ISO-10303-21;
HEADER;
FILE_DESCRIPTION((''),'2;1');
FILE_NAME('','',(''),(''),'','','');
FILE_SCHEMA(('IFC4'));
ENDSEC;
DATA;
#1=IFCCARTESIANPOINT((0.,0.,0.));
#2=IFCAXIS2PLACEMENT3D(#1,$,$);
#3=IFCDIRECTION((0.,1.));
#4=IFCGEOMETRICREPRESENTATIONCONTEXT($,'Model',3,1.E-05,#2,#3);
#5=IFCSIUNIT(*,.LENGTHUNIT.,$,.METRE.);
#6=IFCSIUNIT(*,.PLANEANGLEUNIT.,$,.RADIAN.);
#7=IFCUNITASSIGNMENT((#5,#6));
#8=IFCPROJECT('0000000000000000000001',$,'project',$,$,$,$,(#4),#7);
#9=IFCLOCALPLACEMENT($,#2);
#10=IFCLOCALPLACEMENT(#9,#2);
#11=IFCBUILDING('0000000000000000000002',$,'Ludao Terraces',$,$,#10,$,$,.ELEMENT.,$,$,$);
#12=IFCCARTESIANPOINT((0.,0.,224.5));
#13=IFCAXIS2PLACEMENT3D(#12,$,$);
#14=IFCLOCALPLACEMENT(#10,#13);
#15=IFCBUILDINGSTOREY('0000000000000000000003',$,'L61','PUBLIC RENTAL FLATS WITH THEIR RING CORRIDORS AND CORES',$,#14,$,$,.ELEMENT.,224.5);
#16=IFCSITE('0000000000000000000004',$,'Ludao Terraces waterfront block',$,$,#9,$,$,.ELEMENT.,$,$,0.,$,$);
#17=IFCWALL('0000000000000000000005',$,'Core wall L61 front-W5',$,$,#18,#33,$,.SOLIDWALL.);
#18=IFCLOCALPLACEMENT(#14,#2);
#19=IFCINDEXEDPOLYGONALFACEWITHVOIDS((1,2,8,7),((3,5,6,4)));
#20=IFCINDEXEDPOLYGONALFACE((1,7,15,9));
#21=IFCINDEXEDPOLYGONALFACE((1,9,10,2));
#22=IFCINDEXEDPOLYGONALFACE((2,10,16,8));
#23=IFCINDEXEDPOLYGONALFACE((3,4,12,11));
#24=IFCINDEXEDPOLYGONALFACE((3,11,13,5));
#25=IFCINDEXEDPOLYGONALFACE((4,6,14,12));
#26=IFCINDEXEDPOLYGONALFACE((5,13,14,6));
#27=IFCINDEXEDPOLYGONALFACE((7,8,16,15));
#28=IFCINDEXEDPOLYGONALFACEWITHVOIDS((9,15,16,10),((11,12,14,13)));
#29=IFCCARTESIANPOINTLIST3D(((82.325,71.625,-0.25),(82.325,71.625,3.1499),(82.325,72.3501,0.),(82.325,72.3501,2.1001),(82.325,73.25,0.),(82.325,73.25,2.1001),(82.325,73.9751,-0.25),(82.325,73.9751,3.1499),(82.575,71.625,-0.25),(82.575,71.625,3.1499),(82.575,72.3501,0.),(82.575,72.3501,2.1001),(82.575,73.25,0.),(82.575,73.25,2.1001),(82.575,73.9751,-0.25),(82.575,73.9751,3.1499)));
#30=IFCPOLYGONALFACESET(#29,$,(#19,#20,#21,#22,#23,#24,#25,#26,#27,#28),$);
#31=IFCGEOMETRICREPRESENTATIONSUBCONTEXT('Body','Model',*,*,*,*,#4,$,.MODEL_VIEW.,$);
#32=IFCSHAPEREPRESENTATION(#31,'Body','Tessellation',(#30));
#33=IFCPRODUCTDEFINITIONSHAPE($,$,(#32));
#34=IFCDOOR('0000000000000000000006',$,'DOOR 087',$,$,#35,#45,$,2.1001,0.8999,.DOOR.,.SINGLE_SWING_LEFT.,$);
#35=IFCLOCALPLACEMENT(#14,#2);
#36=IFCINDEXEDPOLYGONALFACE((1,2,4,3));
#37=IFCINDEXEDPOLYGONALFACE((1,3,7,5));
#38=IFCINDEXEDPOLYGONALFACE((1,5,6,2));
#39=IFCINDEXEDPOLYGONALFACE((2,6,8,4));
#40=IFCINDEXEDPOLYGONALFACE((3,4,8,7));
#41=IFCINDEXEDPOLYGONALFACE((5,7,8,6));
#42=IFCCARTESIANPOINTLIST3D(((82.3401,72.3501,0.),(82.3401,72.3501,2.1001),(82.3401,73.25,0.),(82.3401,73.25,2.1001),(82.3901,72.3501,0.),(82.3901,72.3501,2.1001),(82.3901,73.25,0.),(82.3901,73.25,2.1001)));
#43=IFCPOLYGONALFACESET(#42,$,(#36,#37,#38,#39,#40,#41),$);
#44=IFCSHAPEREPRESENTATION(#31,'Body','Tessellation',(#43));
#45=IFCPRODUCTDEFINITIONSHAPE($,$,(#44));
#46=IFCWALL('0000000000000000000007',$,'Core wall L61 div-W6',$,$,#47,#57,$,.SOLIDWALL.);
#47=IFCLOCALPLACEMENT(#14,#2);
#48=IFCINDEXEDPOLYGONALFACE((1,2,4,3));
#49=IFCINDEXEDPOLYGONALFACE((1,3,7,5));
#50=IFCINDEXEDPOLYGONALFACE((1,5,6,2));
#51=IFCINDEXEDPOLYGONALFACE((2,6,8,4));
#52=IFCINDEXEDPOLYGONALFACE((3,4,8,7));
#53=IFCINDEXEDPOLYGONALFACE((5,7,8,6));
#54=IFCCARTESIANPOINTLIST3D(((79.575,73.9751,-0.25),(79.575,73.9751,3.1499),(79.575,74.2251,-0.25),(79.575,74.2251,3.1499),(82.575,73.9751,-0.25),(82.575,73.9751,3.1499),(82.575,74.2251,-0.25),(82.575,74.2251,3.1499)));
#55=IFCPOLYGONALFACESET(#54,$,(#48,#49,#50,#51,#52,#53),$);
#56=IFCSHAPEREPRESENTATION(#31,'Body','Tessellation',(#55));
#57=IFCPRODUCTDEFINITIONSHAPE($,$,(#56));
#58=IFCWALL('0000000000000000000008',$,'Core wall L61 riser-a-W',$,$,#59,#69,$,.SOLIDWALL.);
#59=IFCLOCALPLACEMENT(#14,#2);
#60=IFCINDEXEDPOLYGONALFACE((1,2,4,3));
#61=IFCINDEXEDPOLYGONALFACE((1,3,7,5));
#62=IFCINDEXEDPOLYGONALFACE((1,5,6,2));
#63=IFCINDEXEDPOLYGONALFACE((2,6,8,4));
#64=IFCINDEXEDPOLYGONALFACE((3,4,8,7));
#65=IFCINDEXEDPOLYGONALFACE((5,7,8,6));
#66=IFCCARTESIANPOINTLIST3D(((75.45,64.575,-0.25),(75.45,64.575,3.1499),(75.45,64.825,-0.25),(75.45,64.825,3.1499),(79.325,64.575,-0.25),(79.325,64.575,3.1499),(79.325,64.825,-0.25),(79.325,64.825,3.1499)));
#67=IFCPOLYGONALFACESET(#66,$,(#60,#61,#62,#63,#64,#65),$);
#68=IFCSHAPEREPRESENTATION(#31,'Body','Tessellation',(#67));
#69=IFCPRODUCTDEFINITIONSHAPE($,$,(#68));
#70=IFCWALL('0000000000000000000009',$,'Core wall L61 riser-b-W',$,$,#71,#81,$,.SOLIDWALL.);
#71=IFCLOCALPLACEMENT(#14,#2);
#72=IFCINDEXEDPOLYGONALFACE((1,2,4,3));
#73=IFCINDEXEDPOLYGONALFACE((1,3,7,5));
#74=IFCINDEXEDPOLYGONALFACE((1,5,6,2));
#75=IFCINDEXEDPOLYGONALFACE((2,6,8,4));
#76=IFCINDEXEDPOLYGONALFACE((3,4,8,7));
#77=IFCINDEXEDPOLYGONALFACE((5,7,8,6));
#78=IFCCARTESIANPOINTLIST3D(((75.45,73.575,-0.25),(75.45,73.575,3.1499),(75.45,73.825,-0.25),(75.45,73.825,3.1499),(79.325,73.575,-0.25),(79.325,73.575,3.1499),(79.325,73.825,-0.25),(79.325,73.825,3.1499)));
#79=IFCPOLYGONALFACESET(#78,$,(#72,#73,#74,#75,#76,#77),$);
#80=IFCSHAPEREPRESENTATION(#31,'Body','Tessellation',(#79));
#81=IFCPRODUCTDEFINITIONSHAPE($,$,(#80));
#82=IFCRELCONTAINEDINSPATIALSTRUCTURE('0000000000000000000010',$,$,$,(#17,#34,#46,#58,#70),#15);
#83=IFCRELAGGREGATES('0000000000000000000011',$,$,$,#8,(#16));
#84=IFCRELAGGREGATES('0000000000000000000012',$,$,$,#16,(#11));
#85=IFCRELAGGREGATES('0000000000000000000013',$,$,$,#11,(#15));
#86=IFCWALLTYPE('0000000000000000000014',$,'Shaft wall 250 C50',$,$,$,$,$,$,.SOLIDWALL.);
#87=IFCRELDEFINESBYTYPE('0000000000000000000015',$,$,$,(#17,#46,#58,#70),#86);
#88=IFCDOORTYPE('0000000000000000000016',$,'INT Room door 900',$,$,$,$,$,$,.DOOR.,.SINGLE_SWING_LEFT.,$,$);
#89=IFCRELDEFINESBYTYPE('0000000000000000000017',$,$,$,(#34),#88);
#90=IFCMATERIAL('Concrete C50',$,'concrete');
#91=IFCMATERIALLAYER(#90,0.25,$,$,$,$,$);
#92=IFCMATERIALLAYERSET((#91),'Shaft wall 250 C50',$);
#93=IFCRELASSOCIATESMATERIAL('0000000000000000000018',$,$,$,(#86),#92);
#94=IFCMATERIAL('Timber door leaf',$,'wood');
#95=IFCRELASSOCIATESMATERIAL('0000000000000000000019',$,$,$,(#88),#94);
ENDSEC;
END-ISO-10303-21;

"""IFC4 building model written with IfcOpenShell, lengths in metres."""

from ifc_helpers import new_model, si_unit, direction, frame, frame_2d, origin, place, context, subcontext, project, spatial, rectangle, extrude, material, layer, layer_set, type_object, element, fill, save


model = new_model("IFC4")

# Units and contexts
model_context = context("Model", 3, precision=1e-05, world=origin(), true_north=direction((0.0, 1.0)))
body_context = subcontext(model_context, "Body", "Model", "MODEL_VIEW")
ifc_project = project(units=[si_unit("LENGTHUNIT", "METRE"), si_unit("PLANEANGLEUNIT", "RADIAN")], contexts=[model_context])

# Site, building, storey
site_placement = place(None, origin())
site = spatial("IfcSite", under=ifc_project, at=site_placement, Name="Ludao Terraces waterfront block", CompositionType="ELEMENT", RefElevation=0.0)
building_placement = place(site_placement, origin())
building = spatial("IfcBuilding", under=site, at=building_placement, Name="Ludao Terraces", CompositionType="ELEMENT")
storey_placement = place(building_placement, frame((0.0, 0.0, 224.5)))
storey = spatial("IfcBuildingStorey", under=building, at=storey_placement, Name="L61", Description="PUBLIC RENTAL FLATS WITH THEIR RING CORRIDORS AND CORES", CompositionType="ELEMENT", Elevation=224.5)

# Shared definitions
ifc_material_1 = material(Name="Concrete C50", Category="concrete")

# Shared definitions
ifc_material_2 = material(Name="Timber door leaf", Category="wood")

# Shared definitions
ifc_layer_1 = layer(ifc_material_1, 0.25)
ifc_layer_set_1 = layer_set([ifc_layer_1], Name="Shaft wall 250 C50")
wall_type_1 = type_object("IfcWallType", Name="Shaft wall 250 C50", PredefinedType="SOLIDWALL", material=ifc_layer_set_1)
door_type_1 = type_object("IfcDoorType", Name="INT Room door 900", OperationType="SINGLE_SWING_LEFT", PredefinedType="DOOR", material=ifc_material_2)

# Wall, opening, door
wall_1_placement = place(storey_placement, frame((82.45, 71.625, -0.25), z_axis=(0.0, 0.0, 1.0), x_axis=(0.0, 1.0, 0.0)))
wall_1 = element("IfcWall", 1, at=wall_1_placement, inside=storey, type_object=wall_type_1, Name="Core wall L61 front-W5", PredefinedType="SOLIDWALL", context=body_context, shape_type="SweptSolid", body=[
    extrude(rectangle(XDim=2.3501, YDim=0.25, at=frame_2d((1.175, 0.0))), origin(), (0.0, 0.0, 1.0), 3.3999),
])
opening_1_placement = place(wall_1_placement, frame((0.7251, 0.0, 0.25)))
opening_1 = element("IfcOpeningElement", 2, at=opening_1_placement, cuts=wall_1, PredefinedType="OPENING", context=body_context, shape_type="SweptSolid", body=[
    extrude(rectangle(XDim=0.8999, YDim=2.1001, at=frame_2d((0.45, 1.05))), frame((0.0, 0.135, 0.0), z_axis=(0.0, -1.0, 0.0), x_axis=(1.0, 0.0, 0.0)), (0.0, 0.0, 1.0), 0.27),
])
door_1_placement = place(opening_1_placement, origin())
door_1 = element("IfcDoor", 3, at=door_1_placement, inside=storey, type_object=door_type_1, Name="DOOR 087", OperationType="SINGLE_SWING_LEFT", OverallHeight=2.1001, OverallWidth=0.8999, PredefinedType="DOOR", context=body_context, shape_type="SweptSolid", body=[
    extrude(rectangle(XDim=0.8999, YDim=2.1001, at=frame_2d((0.45, 1.05))), frame((0.0, 0.1099, 0.0), z_axis=(0.0, -1.0, 0.0), x_axis=(1.0, 0.0, 0.0)), (0.0, 0.0, 1.0), 0.05),
])
fill(opening_1, door_1)

# Walls
wall_2_placement = place(storey_placement, frame((79.575, 74.1001, -0.25), z_axis=(0.0, 0.0, 1.0), x_axis=(1.0, 0.0, 0.0)))
element("IfcWall", 4, at=wall_2_placement, inside=storey, type_object=wall_type_1, Name="Core wall L61 div-W6", PredefinedType="SOLIDWALL", context=body_context, shape_type="SweptSolid", body=[
    extrude(rectangle(XDim=3.0, YDim=0.25, at=frame_2d((1.5, 0.0))), origin(), (0.0, 0.0, 1.0), 3.3999),
])
for number, where, z_axis, x_axis, name in (
    (5, (75.45, 64.7, -0.25), (0.0, 0.0, 1.0), (1.0, 0.0, 0.0), "Core wall L61 riser-a-W"),
    (6, (75.45, 73.7, -0.25), (0.0, 0.0, 1.0), (1.0, 0.0, 0.0), "Core wall L61 riser-b-W"),
):
    element("IfcWall", number, at=place(storey_placement, frame(where, z_axis=z_axis, x_axis=x_axis)), inside=storey, type_object=wall_type_1, Name=name, PredefinedType="SOLIDWALL", context=body_context, shape_type="SweptSolid", body=[
        extrude(rectangle(XDim=3.875, YDim=0.25, at=frame_2d((1.9375, 0.0))), origin(), (0.0, 0.0, 1.0), 3.3999),
    ])

save(model, "model.ifc")
